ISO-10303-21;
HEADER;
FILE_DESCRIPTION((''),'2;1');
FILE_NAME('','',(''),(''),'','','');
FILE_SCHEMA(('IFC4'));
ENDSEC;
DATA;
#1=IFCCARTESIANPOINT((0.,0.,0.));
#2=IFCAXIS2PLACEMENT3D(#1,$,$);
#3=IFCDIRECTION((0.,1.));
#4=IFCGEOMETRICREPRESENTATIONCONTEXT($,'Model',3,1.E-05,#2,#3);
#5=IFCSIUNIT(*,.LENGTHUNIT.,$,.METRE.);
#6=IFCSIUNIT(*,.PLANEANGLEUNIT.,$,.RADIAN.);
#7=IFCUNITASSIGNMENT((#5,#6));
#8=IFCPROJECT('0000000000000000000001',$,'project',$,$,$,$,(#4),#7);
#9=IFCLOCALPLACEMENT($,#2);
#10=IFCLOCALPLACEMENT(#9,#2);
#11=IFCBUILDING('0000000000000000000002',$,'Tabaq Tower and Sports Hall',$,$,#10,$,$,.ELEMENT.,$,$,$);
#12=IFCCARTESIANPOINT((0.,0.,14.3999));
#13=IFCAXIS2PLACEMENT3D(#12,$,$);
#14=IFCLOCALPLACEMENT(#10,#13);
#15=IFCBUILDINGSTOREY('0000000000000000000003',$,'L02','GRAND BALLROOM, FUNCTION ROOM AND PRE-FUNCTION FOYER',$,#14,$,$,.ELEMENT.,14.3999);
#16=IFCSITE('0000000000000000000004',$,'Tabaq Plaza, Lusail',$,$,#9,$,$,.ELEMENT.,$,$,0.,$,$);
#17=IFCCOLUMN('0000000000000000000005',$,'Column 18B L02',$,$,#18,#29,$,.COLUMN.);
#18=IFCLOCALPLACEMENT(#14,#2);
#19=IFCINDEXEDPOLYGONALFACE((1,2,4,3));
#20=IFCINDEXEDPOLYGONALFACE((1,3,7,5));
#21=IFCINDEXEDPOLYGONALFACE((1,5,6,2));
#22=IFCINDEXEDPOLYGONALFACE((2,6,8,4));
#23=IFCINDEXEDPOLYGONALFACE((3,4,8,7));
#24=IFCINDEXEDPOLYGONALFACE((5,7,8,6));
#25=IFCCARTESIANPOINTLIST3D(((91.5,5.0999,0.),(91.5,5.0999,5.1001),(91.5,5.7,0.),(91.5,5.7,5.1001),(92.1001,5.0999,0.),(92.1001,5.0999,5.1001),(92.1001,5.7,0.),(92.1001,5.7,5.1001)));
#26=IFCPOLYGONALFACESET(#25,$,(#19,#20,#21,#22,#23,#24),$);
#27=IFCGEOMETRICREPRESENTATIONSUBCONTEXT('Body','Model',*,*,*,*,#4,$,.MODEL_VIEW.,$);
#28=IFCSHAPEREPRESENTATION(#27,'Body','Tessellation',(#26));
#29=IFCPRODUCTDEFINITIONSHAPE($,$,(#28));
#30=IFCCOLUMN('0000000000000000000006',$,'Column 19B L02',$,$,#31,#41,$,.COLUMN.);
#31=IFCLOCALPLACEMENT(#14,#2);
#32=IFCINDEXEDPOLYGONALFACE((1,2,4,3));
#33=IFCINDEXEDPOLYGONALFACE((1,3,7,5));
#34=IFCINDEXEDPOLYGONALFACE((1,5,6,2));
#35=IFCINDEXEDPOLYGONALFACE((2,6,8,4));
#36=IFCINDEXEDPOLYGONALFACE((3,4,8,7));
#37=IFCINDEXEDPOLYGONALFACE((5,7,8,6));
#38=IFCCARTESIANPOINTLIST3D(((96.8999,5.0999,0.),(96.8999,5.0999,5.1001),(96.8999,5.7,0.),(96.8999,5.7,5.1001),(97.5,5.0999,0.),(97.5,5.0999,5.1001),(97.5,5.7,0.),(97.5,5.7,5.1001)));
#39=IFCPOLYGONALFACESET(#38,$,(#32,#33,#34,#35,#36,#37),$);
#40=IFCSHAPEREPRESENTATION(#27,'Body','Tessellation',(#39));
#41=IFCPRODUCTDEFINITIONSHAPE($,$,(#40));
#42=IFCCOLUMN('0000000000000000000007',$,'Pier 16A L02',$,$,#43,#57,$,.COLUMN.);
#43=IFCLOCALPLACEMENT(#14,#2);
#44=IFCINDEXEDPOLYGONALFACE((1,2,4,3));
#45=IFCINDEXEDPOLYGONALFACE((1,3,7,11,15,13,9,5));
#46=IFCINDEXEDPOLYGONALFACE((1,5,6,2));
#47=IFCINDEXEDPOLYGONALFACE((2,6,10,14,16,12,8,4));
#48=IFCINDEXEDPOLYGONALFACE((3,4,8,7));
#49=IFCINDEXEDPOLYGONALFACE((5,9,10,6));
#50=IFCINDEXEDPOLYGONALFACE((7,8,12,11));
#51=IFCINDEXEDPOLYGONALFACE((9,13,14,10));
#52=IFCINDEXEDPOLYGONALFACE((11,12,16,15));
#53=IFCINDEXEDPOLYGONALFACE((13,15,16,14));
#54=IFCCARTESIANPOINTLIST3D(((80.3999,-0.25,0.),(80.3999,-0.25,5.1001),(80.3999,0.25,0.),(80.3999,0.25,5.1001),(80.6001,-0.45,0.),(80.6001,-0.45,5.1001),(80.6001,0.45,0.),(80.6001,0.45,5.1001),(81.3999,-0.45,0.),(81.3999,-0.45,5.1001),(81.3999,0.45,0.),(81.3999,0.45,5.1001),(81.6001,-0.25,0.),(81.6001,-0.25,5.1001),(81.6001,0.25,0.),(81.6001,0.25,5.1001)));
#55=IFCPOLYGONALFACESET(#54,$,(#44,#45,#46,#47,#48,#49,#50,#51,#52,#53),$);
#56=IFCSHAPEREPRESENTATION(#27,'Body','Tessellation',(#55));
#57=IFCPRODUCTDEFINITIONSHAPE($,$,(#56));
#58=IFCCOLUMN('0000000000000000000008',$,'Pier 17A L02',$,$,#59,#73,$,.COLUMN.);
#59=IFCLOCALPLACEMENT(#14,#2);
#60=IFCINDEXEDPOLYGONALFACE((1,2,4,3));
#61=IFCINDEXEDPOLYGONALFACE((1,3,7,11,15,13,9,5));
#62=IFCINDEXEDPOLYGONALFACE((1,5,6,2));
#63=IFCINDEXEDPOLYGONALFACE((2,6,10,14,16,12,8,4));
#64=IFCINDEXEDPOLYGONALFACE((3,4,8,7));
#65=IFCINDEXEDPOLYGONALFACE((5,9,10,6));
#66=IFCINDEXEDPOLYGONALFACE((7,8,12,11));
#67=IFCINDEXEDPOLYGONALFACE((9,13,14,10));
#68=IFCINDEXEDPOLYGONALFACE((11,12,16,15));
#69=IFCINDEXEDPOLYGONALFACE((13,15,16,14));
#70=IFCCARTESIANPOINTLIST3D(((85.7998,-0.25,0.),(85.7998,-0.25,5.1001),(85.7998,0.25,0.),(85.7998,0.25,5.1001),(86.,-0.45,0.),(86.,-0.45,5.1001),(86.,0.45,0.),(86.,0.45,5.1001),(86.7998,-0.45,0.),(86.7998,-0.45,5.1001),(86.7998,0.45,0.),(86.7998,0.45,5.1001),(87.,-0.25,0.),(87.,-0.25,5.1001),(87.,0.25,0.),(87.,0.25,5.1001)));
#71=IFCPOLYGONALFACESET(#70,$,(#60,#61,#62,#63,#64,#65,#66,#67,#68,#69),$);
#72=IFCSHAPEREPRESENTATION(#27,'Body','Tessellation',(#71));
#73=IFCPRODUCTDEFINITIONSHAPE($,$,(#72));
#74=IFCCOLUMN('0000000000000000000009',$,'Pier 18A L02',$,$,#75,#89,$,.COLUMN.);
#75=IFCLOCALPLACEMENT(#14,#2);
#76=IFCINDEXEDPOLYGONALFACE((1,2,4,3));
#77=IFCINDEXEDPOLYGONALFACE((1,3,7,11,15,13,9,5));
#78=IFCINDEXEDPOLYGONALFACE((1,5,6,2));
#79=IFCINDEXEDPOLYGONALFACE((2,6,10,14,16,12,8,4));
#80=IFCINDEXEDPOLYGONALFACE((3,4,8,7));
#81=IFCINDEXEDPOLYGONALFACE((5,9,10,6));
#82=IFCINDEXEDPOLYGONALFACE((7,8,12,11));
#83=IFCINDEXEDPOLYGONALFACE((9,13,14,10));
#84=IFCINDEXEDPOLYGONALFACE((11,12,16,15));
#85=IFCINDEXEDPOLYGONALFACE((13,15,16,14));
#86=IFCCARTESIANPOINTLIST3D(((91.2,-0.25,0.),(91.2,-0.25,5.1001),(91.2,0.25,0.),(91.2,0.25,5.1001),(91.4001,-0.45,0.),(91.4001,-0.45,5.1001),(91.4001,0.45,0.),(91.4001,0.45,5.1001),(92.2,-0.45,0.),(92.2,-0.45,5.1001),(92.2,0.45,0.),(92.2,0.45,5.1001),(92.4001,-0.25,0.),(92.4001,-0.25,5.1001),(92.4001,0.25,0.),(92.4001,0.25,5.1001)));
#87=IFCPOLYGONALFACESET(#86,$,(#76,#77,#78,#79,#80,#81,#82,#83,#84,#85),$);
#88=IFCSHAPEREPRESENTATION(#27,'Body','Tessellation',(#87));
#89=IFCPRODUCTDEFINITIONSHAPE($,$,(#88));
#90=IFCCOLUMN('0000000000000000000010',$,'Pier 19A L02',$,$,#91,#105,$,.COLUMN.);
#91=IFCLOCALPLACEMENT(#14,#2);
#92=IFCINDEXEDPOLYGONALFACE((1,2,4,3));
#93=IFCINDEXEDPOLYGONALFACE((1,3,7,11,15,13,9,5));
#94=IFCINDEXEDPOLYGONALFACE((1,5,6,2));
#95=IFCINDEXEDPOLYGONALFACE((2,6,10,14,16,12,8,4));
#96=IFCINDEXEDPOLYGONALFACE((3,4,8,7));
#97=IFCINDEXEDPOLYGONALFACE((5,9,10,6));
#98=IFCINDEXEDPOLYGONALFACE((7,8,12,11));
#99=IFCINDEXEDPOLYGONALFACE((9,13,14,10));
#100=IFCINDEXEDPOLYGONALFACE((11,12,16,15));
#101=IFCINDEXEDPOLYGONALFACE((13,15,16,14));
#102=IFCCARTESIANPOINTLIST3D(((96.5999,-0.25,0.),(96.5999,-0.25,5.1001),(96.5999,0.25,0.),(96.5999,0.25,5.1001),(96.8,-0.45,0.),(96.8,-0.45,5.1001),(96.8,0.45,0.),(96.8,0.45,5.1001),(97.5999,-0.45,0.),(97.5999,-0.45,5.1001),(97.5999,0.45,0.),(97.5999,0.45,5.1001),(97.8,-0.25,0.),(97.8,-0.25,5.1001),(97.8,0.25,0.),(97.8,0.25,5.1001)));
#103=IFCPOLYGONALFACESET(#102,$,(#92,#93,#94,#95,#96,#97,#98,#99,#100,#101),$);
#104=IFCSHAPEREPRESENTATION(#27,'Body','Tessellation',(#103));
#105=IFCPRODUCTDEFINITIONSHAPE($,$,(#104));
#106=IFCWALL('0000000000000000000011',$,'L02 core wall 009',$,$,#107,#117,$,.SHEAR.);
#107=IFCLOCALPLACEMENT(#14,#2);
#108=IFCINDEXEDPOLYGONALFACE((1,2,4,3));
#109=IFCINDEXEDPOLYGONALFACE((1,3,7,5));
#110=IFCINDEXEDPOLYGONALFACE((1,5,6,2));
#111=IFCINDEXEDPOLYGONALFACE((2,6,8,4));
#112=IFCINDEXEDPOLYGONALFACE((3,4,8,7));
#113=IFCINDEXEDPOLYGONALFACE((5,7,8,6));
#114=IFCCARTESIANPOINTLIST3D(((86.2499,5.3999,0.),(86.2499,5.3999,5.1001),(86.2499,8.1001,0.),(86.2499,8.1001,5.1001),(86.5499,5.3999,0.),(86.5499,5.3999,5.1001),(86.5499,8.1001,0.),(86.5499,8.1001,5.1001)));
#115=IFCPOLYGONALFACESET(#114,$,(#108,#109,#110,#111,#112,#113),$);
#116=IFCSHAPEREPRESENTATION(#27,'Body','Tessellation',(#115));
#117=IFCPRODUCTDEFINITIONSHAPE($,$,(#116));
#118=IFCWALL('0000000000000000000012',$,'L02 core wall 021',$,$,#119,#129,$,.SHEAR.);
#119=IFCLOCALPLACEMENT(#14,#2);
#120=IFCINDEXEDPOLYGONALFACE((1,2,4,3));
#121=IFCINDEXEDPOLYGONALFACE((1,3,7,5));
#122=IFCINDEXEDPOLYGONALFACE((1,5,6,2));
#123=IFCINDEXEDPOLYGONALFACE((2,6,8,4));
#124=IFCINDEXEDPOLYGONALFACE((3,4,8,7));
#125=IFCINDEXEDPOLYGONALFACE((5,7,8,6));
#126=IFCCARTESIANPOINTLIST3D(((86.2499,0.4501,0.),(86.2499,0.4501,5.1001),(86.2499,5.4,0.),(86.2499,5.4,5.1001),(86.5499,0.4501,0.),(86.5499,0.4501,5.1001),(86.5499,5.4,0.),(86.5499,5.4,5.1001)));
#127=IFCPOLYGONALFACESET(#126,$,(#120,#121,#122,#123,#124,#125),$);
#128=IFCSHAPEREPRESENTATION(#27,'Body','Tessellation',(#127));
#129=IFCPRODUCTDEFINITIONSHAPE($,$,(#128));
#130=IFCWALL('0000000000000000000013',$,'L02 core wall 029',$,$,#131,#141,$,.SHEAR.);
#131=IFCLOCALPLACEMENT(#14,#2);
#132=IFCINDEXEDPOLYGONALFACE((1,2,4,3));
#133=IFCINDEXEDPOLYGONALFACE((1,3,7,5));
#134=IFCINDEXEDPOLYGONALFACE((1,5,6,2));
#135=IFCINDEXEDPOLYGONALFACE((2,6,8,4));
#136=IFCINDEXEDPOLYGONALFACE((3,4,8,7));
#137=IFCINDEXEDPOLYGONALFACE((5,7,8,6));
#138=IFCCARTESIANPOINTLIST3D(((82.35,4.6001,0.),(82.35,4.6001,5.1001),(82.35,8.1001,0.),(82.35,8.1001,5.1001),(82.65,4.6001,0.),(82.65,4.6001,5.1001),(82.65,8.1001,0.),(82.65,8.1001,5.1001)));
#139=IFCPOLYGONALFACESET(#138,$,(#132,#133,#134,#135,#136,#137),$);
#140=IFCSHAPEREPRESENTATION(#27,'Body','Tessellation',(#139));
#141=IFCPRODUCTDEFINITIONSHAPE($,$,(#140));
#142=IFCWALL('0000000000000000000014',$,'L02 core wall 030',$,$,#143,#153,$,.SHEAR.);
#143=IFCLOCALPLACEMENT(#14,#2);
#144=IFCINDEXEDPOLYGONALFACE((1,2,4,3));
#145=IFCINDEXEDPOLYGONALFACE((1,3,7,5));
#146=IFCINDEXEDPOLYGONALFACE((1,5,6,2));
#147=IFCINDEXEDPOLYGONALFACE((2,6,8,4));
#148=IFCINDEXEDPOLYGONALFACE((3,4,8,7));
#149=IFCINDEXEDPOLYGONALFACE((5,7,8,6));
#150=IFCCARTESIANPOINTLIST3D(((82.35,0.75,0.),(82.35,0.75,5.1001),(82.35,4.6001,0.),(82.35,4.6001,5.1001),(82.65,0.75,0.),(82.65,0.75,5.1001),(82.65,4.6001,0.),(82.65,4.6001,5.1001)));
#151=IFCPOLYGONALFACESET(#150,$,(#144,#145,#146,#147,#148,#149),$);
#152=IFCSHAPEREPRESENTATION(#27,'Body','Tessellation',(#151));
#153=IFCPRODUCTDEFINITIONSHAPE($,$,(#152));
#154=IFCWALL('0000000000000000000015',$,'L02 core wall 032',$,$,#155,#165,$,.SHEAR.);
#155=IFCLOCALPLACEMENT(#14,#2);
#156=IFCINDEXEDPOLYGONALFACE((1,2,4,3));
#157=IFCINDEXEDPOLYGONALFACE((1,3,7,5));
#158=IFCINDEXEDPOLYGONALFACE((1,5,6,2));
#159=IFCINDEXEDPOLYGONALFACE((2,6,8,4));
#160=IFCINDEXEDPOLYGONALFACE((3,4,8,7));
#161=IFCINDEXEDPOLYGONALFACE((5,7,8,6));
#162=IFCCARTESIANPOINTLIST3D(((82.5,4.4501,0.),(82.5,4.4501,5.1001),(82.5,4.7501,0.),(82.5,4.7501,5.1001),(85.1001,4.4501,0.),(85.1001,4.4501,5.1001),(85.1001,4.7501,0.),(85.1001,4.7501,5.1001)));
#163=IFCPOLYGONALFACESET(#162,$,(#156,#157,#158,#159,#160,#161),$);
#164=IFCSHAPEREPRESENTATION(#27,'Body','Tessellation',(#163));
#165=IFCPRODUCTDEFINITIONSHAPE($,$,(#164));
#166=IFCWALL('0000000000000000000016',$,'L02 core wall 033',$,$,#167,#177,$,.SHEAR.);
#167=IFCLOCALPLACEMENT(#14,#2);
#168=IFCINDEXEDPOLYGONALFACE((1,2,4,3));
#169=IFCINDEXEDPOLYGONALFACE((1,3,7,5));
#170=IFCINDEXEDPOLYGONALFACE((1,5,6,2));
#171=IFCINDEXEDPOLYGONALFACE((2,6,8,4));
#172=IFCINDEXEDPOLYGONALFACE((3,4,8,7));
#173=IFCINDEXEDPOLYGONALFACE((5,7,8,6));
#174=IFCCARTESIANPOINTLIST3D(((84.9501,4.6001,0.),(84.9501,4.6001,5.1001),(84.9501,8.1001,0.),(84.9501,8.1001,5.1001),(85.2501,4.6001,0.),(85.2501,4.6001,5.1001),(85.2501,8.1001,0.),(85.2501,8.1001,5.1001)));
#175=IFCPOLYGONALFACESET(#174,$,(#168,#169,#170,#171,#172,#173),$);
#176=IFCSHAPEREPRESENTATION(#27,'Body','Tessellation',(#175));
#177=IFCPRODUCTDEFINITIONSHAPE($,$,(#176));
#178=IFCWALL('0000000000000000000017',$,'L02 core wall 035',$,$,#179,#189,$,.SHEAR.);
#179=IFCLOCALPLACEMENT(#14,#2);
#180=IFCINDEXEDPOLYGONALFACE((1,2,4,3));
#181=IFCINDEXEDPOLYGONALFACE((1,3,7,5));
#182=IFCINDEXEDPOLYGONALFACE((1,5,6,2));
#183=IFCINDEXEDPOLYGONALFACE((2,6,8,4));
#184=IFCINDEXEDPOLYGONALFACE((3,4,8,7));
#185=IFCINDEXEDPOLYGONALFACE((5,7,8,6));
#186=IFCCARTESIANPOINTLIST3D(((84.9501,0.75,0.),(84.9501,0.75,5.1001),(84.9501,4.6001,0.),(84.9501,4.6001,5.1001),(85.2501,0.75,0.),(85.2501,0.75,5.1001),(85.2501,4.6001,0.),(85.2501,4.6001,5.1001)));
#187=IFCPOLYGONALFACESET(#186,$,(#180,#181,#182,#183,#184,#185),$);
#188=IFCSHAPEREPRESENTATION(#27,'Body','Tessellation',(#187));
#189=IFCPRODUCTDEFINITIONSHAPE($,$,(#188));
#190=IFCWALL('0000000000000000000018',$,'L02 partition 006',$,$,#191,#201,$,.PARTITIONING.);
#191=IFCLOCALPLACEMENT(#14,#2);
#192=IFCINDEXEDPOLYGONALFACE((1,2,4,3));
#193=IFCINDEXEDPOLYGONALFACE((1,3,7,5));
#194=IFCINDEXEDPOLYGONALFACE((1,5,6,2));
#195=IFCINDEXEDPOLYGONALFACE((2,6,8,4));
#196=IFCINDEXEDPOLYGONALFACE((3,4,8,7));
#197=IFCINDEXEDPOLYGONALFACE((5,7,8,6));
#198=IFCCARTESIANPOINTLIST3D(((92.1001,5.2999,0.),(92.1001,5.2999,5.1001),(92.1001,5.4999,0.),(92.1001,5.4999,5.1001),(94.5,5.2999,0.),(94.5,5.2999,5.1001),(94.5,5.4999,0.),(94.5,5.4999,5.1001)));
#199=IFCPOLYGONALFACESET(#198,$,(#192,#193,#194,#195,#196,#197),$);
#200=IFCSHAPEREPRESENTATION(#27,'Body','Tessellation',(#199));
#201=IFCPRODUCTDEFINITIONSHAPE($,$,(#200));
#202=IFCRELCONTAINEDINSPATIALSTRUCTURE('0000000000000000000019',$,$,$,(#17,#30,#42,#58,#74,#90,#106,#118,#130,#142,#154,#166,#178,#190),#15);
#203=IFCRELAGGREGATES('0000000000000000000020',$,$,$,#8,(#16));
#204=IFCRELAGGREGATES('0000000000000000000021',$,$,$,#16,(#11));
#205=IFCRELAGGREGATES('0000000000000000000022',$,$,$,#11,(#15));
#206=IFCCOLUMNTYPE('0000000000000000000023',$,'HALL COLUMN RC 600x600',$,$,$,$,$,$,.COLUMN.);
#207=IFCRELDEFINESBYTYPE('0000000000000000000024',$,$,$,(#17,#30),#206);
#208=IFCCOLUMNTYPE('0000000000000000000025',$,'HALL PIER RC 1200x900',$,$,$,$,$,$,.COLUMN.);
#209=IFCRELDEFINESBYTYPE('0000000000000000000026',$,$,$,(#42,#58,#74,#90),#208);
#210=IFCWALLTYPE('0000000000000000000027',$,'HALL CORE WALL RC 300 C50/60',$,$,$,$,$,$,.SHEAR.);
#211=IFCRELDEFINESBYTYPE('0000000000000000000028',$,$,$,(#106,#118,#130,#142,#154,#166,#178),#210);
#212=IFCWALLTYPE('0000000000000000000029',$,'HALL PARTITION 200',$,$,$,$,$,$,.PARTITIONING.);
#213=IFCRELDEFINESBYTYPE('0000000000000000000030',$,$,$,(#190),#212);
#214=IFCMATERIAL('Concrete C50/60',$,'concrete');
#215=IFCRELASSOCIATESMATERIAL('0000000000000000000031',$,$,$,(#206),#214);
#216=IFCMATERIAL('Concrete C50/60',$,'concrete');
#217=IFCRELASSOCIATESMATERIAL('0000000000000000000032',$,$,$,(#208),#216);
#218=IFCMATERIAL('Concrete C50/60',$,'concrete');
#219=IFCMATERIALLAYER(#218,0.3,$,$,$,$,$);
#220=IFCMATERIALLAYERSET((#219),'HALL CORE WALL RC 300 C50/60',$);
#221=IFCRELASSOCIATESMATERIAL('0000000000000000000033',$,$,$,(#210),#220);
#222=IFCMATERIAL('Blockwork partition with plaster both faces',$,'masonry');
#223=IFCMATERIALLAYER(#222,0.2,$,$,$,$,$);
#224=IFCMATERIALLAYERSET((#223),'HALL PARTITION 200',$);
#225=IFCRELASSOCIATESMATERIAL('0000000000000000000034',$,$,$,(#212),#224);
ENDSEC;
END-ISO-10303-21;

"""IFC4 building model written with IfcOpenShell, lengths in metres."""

from ifc_helpers import new_model, si_unit, direction, frame, frame_2d, origin, origin_2d, place, context, subcontext, project, spatial, polyline, rectangle, outline, extrude, material, layer, layer_set, material_profile, profile_set, type_object, element, save


model = new_model("IFC4")

# Units and contexts
model_context = context("Model", 3, precision=1e-05, world=origin(), true_north=direction((0.0, 1.0)))
body_context = subcontext(model_context, "Body", "Model", "MODEL_VIEW")
ifc_project = project(units=[si_unit("LENGTHUNIT", "METRE"), si_unit("PLANEANGLEUNIT", "RADIAN")], contexts=[model_context])

# Site, building, storey
site_placement = place(None, origin())
site = spatial("IfcSite", under=ifc_project, at=site_placement, Name="Tabaq Plaza, Lusail", CompositionType="ELEMENT", RefElevation=0.0)
building_placement = place(site_placement, origin())
building = spatial("IfcBuilding", under=site, at=building_placement, Name="Tabaq Tower and Sports Hall", CompositionType="ELEMENT")
storey_placement = place(building_placement, frame((0.0, 0.0, 14.3999)))
storey = spatial("IfcBuildingStorey", under=building, at=storey_placement, Name="L02", Description="GRAND BALLROOM, FUNCTION ROOM AND PRE-FUNCTION FOYER", CompositionType="ELEMENT", Elevation=14.3999)

# Columns
ifc_material_1 = material(Name="Concrete C50/60", Category="concrete")
ifc_material_profile_1 = material_profile(ifc_material_1, rectangle(XDim=0.6001, YDim=0.6001, at=origin_2d()), Name="RC 600x600")
ifc_profile_set_1 = profile_set([ifc_material_profile_1], Name="Concrete C50/60")
column_type_1 = type_object("IfcColumnType", Name="HALL COLUMN RC 600x600", PredefinedType="COLUMN", material=ifc_profile_set_1)
for number, where, z_axis, x_axis, name in (
    (1, (91.8, 5.3999, 0.0), (0.0, 0.0, 1.0), (1.0, 0.0, 0.0), "Column 18B L02"),
    (2, (97.2, 5.3999, 0.0), (0.0, 0.0, 1.0), (1.0, 0.0, 0.0), "Column 19B L02"),
):
    element("IfcColumn", number, at=place(storey_placement, frame(where, z_axis=z_axis, x_axis=x_axis)), inside=storey, type_object=column_type_1, Name=name, PredefinedType="COLUMN", context=body_context, shape_type="SweptSolid", body=[
        extrude(rectangle(XDim=0.6001, YDim=0.6001, at=origin_2d()), origin(), (0.0, 0.0, 1.0), 5.1001),
    ])
ifc_material_2 = material(Name="Concrete C50/60", Category="concrete")
ifc_material_profile_2 = material_profile(ifc_material_2, outline(polyline([(-0.3999, -0.45), (0.3999, -0.45), (0.6001, -0.25), (0.6001, 0.25), (0.3999, 0.45), (-0.3999, 0.45), (-0.6001, 0.25), (-0.6001, -0.25), (-0.3999, -0.45)])), Name="PIER 1200x900")
ifc_profile_set_2 = profile_set([ifc_material_profile_2], Name="Concrete C50/60")
column_type_2 = type_object("IfcColumnType", Name="HALL PIER RC 1200x900", PredefinedType="COLUMN", material=ifc_profile_set_2)
for number, where, z_axis, x_axis, name in (
    (3, (81.0, 0.0, 0.0), (0.0, 0.0, 1.0), (1.0, 0.0, 0.0), "Pier 16A L02"),
    (4, (86.3999, 0.0, 0.0), (0.0, 0.0, 1.0), (1.0, 0.0, 0.0), "Pier 17A L02"),
    (5, (91.8, 0.0, 0.0), (0.0, 0.0, 1.0), (1.0, 0.0, 0.0), "Pier 18A L02"),
    (6, (97.2, 0.0, 0.0), (0.0, 0.0, 1.0), (1.0, 0.0, 0.0), "Pier 19A L02"),
):
    element("IfcColumn", number, at=place(storey_placement, frame(where, z_axis=z_axis, x_axis=x_axis)), inside=storey, type_object=column_type_2, Name=name, PredefinedType="COLUMN", context=body_context, shape_type="SweptSolid", body=[
        extrude(outline(polyline([(-0.3999, -0.45), (0.3999, -0.45), (0.6001, -0.25), (0.6001, 0.25), (0.3999, 0.45), (-0.3999, 0.45), (-0.6001, 0.25), (-0.6001, -0.25), (-0.3999, -0.45)])), origin(), (0.0, 0.0, 1.0), 5.1001),
    ])

# Walls
ifc_material_3 = material(Name="Concrete C50/60", Category="concrete")
ifc_layer_1 = layer(ifc_material_3, 0.3)
ifc_layer_set_1 = layer_set([ifc_layer_1], Name="HALL CORE WALL RC 300 C50/60")
wall_type_1 = type_object("IfcWallType", Name="HALL CORE WALL RC 300 C50/60", PredefinedType="SHEAR", material=ifc_layer_set_1)
wall_1_placement = place(storey_placement, frame((86.3999, 5.3999, 0.0), z_axis=(0.0, 0.0, 1.0), x_axis=(0.0, 1.0, 0.0)))
element("IfcWall", 7, at=wall_1_placement, inside=storey, type_object=wall_type_1, Name="L02 core wall 009", PredefinedType="SHEAR", context=body_context, shape_type="SweptSolid", body=[
    extrude(rectangle(XDim=2.7002, YDim=0.3, at=frame_2d((1.3501, 0.0))), origin(), (0.0, 0.0, 1.0), 5.1001),
])
wall_2_placement = place(storey_placement, frame((86.3999, 0.45, 0.0), z_axis=(0.0, 0.0, 1.0), x_axis=(0.0, 1.0, 0.0)))
element("IfcWall", 8, at=wall_2_placement, inside=storey, type_object=wall_type_1, Name="L02 core wall 021", PredefinedType="SHEAR", context=body_context, shape_type="SweptSolid", body=[
    extrude(rectangle(XDim=4.95, YDim=0.3, at=frame_2d((2.4751, 0.0))), origin(), (0.0, 0.0, 1.0), 5.1001),
])
wall_3_placement = place(storey_placement, frame((82.5, 4.6001, 0.0), z_axis=(0.0, 0.0, 1.0), x_axis=(0.0, 1.0, 0.0)))
element("IfcWall", 9, at=wall_3_placement, inside=storey, type_object=wall_type_1, Name="L02 core wall 029", PredefinedType="SHEAR", context=body_context, shape_type="SweptSolid", body=[
    extrude(rectangle(XDim=3.5, YDim=0.3, at=frame_2d((1.75, 0.0))), origin(), (0.0, 0.0, 1.0), 5.1001),
])
wall_4_placement = place(storey_placement, frame((82.5, 0.75, 0.0), z_axis=(0.0, 0.0, 1.0), x_axis=(0.0, 1.0, 0.0)))
element("IfcWall", 10, at=wall_4_placement, inside=storey, type_object=wall_type_1, Name="L02 core wall 030", PredefinedType="SHEAR", context=body_context, shape_type="SweptSolid", body=[
    extrude(rectangle(XDim=3.8501, YDim=0.3, at=frame_2d((1.925, 0.0))), origin(), (0.0, 0.0, 1.0), 5.1001),
])
wall_5_placement = place(storey_placement, frame((82.5, 4.6001, 0.0), z_axis=(0.0, 0.0, 1.0), x_axis=(1.0, 0.0, 0.0)))
element("IfcWall", 11, at=wall_5_placement, inside=storey, type_object=wall_type_1, Name="L02 core wall 032", PredefinedType="SHEAR", context=body_context, shape_type="SweptSolid", body=[
    extrude(rectangle(XDim=2.6001, YDim=0.3, at=frame_2d((1.3, 0.0))), origin(), (0.0, 0.0, 1.0), 5.1001),
])
wall_6_placement = place(storey_placement, frame((85.1001, 4.6001, 0.0), z_axis=(0.0, 0.0, 1.0), x_axis=(0.0, 1.0, 0.0)))
element("IfcWall", 12, at=wall_6_placement, inside=storey, type_object=wall_type_1, Name="L02 core wall 033", PredefinedType="SHEAR", context=body_context, shape_type="SweptSolid", body=[
    extrude(rectangle(XDim=3.5, YDim=0.3, at=frame_2d((1.75, 0.0))), origin(), (0.0, 0.0, 1.0), 5.1001),
])
wall_7_placement = place(storey_placement, frame((85.1001, 0.75, 0.0), z_axis=(0.0, 0.0, 1.0), x_axis=(0.0, 1.0, 0.0)))
element("IfcWall", 13, at=wall_7_placement, inside=storey, type_object=wall_type_1, Name="L02 core wall 035", PredefinedType="SHEAR", context=body_context, shape_type="SweptSolid", body=[
    extrude(rectangle(XDim=3.8501, YDim=0.3, at=frame_2d((1.925, 0.0))), origin(), (0.0, 0.0, 1.0), 5.1001),
])

# Shared definitions
ifc_material_4 = material(Name="Blockwork partition with plaster both faces", Category="masonry")
ifc_layer_2 = layer(ifc_material_4, 0.2)
ifc_layer_set_2 = layer_set([ifc_layer_2], Name="HALL PARTITION 200")
wall_type_2 = type_object("IfcWallType", Name="HALL PARTITION 200", PredefinedType="PARTITIONING", material=ifc_layer_set_2)

# Wall
wall_8_placement = place(storey_placement, frame((92.1001, 5.3999, 0.0), z_axis=(0.0, 0.0, 1.0), x_axis=(1.0, 0.0, 0.0)))
element("IfcWall", 14, at=wall_8_placement, inside=storey, type_object=wall_type_2, Name="L02 partition 006", PredefinedType="PARTITIONING", context=body_context, shape_type="SweptSolid", body=[
    extrude(rectangle(XDim=2.3999, YDim=0.2, at=frame_2d((1.2, 0.0))), origin(), (0.0, 0.0, 1.0), 5.1001),
])

save(model, "model.ifc")
